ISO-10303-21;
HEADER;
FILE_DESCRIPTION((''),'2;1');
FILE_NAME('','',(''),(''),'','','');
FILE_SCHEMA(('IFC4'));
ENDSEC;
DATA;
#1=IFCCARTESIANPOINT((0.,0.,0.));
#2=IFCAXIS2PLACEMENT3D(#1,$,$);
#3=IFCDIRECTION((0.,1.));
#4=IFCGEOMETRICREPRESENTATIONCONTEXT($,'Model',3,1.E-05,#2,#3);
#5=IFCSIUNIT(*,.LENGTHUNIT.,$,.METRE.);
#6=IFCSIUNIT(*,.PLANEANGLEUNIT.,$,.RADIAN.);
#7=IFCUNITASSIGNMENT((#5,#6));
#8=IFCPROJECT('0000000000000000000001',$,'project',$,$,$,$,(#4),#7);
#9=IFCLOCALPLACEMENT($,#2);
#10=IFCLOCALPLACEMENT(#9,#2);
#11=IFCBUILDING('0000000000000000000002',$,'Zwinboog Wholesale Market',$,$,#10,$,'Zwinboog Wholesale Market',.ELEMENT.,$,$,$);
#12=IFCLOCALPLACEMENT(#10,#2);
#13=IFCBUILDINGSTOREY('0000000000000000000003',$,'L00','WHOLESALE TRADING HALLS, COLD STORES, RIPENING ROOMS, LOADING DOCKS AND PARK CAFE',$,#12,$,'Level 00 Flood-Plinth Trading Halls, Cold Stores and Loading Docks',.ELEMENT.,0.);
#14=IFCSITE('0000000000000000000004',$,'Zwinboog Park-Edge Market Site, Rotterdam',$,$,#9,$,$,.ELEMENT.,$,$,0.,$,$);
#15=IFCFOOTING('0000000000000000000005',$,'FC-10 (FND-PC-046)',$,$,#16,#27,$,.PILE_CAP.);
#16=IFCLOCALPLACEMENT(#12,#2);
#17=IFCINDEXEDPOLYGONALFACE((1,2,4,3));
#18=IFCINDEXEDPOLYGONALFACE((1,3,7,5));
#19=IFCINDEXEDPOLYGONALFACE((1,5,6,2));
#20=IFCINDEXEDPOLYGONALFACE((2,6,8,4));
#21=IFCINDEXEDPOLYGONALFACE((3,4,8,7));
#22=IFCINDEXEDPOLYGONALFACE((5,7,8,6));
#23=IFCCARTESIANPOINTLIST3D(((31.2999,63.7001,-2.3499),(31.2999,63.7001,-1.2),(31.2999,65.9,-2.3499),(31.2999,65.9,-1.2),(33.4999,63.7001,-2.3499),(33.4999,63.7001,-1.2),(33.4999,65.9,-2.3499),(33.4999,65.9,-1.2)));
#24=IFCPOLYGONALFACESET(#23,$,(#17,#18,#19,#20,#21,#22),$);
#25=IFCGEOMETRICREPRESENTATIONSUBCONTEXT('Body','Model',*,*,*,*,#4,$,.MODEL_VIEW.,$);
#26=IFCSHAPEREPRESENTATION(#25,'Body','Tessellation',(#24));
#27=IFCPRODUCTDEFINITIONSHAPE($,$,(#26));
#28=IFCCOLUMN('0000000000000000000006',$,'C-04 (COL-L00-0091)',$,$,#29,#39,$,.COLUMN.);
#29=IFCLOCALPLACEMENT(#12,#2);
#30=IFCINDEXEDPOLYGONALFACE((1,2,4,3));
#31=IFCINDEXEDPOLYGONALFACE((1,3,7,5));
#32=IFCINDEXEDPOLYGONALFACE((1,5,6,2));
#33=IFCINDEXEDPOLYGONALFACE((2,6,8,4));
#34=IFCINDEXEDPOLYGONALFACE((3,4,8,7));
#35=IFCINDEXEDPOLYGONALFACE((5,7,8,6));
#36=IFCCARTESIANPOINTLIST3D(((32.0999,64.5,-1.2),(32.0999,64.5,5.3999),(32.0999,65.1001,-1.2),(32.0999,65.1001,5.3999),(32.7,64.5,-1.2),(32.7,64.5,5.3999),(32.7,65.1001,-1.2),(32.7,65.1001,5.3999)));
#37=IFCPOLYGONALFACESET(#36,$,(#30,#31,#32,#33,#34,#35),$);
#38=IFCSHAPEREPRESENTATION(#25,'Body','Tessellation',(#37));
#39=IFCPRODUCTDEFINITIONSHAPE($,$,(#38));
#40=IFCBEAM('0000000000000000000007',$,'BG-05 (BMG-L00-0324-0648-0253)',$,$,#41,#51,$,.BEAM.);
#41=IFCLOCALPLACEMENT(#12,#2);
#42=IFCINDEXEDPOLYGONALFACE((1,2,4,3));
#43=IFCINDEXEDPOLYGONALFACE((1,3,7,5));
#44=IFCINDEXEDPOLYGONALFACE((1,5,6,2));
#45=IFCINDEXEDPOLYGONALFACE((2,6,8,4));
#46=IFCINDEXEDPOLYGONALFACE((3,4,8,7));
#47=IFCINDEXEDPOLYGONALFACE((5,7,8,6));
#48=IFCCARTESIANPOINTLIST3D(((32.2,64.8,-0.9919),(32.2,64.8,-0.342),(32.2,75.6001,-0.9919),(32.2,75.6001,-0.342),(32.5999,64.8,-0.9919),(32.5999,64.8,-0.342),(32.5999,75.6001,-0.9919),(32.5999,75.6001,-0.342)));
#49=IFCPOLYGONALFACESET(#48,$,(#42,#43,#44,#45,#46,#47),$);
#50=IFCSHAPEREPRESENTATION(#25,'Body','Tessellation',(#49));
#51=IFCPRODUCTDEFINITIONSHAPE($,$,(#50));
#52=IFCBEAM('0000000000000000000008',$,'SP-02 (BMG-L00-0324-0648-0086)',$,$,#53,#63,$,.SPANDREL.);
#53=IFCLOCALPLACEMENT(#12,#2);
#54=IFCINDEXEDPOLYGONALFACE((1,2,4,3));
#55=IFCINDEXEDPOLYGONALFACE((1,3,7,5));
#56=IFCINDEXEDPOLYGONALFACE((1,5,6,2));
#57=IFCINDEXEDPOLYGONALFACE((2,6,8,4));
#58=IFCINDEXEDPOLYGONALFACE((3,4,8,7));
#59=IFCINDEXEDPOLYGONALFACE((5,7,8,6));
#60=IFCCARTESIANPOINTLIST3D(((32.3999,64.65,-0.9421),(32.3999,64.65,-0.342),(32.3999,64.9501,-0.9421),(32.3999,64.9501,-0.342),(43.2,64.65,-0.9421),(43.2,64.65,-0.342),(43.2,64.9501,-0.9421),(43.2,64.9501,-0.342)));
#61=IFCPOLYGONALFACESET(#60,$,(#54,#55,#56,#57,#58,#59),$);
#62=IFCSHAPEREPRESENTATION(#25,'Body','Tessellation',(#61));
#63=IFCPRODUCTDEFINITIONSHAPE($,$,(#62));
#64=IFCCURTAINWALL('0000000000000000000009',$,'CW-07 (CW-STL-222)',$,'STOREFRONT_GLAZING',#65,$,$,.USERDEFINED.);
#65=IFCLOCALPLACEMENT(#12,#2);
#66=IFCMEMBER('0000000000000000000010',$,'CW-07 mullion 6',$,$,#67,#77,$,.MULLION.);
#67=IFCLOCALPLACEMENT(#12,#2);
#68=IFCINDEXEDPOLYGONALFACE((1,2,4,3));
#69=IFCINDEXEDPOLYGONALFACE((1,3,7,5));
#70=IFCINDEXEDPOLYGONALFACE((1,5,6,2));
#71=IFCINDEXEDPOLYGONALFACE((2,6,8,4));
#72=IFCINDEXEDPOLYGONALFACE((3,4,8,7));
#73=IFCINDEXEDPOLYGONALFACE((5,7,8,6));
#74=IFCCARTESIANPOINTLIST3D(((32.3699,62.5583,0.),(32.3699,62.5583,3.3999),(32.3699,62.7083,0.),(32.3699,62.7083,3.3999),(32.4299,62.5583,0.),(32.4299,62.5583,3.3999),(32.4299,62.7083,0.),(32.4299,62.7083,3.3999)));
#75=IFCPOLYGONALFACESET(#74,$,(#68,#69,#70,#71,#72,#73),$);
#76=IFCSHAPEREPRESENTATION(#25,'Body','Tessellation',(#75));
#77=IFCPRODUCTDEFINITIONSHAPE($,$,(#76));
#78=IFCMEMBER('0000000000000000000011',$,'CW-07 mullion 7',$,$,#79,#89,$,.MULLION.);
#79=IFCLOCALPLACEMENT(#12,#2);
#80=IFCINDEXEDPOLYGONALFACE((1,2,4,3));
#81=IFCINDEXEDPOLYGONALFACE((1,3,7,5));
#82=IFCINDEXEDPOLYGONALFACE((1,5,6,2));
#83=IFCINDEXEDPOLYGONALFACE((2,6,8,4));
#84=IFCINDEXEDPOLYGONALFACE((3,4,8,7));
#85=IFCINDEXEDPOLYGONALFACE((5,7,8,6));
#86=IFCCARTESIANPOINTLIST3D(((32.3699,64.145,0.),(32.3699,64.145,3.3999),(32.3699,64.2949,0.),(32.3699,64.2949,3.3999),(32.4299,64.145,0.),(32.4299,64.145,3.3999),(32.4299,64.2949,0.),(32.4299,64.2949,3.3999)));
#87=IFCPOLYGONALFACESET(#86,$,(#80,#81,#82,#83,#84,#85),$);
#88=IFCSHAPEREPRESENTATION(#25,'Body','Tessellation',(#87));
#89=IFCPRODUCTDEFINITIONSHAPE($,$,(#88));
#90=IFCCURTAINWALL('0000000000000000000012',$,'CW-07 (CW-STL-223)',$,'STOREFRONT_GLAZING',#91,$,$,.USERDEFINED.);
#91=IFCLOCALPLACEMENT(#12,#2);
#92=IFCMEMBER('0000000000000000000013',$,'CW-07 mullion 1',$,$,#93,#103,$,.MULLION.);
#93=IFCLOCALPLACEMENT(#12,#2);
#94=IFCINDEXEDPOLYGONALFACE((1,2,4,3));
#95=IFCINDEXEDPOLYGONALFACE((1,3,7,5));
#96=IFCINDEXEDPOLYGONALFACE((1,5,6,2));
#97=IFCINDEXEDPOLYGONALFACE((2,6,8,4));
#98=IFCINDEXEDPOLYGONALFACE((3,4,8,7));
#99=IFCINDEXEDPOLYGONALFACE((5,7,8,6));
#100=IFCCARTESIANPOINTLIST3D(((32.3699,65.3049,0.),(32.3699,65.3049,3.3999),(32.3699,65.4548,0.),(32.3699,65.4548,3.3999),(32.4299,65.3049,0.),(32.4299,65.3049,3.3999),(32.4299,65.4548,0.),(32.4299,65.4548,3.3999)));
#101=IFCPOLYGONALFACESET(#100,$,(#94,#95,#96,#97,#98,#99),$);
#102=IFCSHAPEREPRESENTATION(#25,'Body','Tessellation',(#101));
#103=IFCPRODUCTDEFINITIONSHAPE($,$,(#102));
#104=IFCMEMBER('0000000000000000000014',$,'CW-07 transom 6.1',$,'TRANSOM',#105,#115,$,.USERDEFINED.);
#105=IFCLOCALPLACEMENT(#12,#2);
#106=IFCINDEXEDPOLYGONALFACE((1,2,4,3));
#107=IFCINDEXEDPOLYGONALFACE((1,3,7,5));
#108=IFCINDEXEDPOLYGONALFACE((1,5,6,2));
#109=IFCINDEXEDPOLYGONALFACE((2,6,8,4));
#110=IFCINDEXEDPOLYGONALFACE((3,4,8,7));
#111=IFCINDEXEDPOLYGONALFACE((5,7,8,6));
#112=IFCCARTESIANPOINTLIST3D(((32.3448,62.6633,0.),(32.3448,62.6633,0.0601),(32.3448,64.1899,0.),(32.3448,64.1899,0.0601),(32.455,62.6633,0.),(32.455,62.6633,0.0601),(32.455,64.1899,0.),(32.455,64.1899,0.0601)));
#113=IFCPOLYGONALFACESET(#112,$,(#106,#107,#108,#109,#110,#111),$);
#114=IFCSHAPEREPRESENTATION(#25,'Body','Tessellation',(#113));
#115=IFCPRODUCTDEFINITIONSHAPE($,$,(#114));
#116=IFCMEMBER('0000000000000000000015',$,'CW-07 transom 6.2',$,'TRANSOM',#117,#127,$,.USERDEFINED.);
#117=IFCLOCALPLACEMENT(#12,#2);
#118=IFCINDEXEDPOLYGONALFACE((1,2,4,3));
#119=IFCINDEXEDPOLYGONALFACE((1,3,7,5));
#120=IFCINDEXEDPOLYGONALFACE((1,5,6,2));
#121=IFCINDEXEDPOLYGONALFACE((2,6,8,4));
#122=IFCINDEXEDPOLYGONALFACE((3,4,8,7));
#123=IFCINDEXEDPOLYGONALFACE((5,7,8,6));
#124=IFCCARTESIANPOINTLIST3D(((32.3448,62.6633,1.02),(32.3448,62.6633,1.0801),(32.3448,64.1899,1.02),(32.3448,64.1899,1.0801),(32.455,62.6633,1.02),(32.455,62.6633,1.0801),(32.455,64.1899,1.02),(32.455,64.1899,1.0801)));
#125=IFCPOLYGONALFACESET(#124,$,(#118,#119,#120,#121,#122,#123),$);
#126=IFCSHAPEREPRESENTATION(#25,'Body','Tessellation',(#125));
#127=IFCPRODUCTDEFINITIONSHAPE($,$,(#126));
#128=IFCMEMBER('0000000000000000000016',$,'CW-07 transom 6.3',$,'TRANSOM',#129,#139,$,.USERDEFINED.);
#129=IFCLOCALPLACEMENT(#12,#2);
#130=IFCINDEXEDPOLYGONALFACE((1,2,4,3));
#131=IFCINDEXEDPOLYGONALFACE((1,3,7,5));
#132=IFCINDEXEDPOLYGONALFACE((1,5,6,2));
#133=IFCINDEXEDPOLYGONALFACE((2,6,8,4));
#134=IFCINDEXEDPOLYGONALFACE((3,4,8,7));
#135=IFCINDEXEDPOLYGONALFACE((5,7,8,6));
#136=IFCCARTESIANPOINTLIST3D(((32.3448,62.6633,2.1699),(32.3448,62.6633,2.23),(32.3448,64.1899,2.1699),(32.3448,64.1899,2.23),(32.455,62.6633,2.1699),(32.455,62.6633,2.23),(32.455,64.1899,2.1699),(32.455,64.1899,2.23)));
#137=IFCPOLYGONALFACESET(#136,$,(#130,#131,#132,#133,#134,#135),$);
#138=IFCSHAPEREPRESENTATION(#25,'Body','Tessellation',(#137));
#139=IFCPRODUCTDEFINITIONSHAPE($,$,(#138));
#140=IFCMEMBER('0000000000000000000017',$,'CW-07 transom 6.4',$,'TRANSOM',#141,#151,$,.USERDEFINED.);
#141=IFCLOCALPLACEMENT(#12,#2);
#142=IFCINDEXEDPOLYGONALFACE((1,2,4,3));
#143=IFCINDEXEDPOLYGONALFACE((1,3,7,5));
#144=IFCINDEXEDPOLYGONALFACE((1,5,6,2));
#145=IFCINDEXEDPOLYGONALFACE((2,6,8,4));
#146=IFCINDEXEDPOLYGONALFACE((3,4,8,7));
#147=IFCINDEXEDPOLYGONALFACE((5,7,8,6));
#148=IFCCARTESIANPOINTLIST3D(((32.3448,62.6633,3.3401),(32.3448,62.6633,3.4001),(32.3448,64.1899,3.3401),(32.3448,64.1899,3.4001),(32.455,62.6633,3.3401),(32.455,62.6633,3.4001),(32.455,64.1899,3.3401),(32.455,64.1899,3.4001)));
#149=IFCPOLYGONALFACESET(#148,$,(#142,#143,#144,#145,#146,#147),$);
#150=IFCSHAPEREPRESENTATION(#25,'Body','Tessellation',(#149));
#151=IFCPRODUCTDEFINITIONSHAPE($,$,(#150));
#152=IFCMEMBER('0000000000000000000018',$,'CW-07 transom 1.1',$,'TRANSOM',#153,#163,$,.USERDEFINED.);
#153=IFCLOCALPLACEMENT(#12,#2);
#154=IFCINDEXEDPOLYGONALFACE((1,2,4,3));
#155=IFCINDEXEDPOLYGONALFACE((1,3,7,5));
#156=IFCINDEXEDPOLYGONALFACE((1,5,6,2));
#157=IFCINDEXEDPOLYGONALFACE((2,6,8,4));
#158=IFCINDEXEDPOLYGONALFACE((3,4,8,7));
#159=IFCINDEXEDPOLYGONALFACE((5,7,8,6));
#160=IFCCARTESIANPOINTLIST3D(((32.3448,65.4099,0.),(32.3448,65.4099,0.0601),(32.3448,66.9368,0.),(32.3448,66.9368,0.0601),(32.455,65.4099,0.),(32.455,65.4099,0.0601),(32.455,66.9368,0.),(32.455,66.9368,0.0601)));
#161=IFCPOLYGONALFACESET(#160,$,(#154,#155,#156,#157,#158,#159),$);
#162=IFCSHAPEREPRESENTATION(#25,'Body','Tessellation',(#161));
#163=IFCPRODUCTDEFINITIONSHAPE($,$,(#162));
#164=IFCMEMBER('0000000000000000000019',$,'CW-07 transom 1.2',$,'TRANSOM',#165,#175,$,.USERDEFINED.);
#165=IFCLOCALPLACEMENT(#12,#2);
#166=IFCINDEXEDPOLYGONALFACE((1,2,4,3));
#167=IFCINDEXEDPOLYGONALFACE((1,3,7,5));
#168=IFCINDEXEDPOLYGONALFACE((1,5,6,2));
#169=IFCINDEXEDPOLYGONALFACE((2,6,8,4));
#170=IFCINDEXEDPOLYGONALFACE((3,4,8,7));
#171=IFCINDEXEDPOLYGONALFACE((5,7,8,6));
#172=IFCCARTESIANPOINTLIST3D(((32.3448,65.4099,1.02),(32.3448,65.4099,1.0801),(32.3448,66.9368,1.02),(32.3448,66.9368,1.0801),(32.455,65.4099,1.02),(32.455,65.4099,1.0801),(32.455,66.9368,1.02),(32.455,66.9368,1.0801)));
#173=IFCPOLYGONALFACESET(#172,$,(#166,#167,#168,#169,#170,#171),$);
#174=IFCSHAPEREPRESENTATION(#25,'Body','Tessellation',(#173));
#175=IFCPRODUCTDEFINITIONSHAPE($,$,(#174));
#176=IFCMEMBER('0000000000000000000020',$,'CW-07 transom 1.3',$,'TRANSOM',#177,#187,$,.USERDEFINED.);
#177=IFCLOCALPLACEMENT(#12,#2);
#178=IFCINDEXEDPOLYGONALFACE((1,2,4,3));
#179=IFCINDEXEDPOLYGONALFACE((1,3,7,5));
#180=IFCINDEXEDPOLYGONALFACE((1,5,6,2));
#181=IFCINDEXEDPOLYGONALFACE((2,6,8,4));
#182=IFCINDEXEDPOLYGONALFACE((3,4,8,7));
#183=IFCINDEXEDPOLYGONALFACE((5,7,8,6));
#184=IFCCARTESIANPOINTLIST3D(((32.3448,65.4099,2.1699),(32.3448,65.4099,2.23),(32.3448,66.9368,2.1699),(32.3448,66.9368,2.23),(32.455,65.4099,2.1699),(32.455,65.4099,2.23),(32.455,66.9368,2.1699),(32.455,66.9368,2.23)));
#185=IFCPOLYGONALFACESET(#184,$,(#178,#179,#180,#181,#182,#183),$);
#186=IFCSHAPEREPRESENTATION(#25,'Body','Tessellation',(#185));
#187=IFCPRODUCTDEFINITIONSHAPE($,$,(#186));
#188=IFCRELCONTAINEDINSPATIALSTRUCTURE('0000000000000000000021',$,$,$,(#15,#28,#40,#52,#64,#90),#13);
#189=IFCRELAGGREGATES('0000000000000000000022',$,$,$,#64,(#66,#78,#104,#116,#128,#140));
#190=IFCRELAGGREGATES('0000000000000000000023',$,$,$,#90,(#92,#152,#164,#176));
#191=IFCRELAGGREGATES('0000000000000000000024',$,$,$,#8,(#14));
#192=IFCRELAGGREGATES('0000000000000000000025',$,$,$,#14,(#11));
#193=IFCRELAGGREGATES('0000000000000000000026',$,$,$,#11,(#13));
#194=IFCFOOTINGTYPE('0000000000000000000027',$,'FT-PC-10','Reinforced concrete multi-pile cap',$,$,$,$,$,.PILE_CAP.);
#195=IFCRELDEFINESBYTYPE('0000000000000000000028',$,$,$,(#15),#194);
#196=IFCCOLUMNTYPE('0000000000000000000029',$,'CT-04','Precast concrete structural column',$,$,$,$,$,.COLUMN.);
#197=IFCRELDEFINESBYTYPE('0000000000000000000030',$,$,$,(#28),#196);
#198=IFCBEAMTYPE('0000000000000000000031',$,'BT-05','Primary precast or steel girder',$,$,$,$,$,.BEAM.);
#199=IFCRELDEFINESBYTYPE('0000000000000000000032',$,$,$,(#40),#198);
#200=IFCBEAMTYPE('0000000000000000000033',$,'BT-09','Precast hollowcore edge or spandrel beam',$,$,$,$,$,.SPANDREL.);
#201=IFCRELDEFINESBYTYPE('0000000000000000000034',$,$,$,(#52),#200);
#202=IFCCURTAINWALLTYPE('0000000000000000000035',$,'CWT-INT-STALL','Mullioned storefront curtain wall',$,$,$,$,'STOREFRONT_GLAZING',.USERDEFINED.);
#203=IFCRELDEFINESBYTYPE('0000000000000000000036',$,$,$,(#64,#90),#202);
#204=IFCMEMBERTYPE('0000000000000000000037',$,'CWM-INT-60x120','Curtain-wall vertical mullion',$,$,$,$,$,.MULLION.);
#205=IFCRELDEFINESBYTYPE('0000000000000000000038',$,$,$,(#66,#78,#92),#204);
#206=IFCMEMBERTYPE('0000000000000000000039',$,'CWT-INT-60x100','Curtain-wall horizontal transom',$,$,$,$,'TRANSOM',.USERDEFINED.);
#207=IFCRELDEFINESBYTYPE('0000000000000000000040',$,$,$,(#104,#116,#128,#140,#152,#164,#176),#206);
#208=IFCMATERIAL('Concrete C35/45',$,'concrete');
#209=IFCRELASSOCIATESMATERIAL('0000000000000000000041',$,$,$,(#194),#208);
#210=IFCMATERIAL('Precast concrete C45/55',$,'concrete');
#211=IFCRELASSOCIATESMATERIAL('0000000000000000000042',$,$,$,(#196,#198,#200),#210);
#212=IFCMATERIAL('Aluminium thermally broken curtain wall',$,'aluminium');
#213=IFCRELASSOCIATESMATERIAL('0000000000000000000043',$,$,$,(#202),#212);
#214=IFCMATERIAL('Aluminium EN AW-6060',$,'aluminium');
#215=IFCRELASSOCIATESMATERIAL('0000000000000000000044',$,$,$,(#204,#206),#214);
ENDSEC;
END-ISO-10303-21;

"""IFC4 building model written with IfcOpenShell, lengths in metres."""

from ifc_helpers import new_model, si_unit, direction, frame, origin, origin_2d, place, context, subcontext, project, spatial, rectangle, extrude, material, material_profile, profile_set, type_object, element, aggregate, save


model = new_model("IFC4")

# Units and contexts
model_context = context("Model", 3, precision=1e-05, world=origin(), true_north=direction((0.0, 1.0)))
body_context = subcontext(model_context, "Body", "Model", "MODEL_VIEW")
ifc_project = project(units=[si_unit("LENGTHUNIT", "METRE"), si_unit("PLANEANGLEUNIT", "RADIAN")], contexts=[model_context])

# Site, building, storey
site_placement = place(None, origin())
site = spatial("IfcSite", under=ifc_project, at=site_placement, Name="Zwinboog Park-Edge Market Site, Rotterdam", CompositionType="ELEMENT", RefElevation=0.0)
building_placement = place(site_placement, origin())
building = spatial("IfcBuilding", under=site, at=building_placement, Name="Zwinboog Wholesale Market", LongName="Zwinboog Wholesale Market", CompositionType="ELEMENT")
storey_placement = place(building_placement, origin())
storey = spatial("IfcBuildingStorey", under=building, at=storey_placement, Name="L00", Description="WHOLESALE TRADING HALLS, COLD STORES, RIPENING ROOMS, LOADING DOCKS AND PARK CAFE", LongName="Level 00 Flood-Plinth Trading Halls, Cold Stores and Loading Docks", CompositionType="ELEMENT", Elevation=0.0)

# Footing
ifc_material_1 = material(Name="Concrete C35/45", Category="concrete")
footing_type = type_object("IfcFootingType", Name="FT-PC-10", Description="Reinforced concrete multi-pile cap", PredefinedType="PILE_CAP", material=ifc_material_1)
footing_placement = place(storey_placement, frame((32.3999, 64.8, -2.3499), z_axis=(0.0, 0.0, 1.0), x_axis=(1.0, 0.0, 0.0)))
element("IfcFooting", 1, at=footing_placement, inside=storey, type_object=footing_type, Name="FC-10 (FND-PC-046)", PredefinedType="PILE_CAP", context=body_context, shape_type="SweptSolid", body=[
    extrude(rectangle(XDim=2.2, YDim=2.2, at=origin_2d()), origin(), (0.0, 0.0, 1.0), 1.1499),
])

# Column
ifc_material_2 = material(Name="Precast concrete C45/55", Category="concrete")
ifc_material_profile_1 = material_profile(ifc_material_2, rectangle(XDim=0.6001, YDim=0.6001, at=origin_2d()), Name="PC 600x600")
ifc_profile_set_1 = profile_set([ifc_material_profile_1], Name="Precast concrete C45/55")
column_type = type_object("IfcColumnType", Name="CT-04", Description="Precast concrete structural column", PredefinedType="COLUMN", material=ifc_profile_set_1)
column_placement = place(storey_placement, frame((32.3999, 64.8, -1.2), z_axis=(0.0, 0.0, 1.0), x_axis=(1.0, 0.0, 0.0)))
element("IfcColumn", 2, at=column_placement, inside=storey, type_object=column_type, Name="C-04 (COL-L00-0091)", PredefinedType="COLUMN", context=body_context, shape_type="SweptSolid", body=[
    extrude(rectangle(XDim=0.6001, YDim=0.6001, at=origin_2d()), origin(), (0.0, 0.0, 1.0), 6.5999),
])

# Beams
ifc_material_profile_2 = material_profile(ifc_material_2, rectangle(XDim=0.3999, YDim=0.6499, at=origin_2d()), Name="PC 400x650")
ifc_profile_set_2 = profile_set([ifc_material_profile_2], Name="Precast concrete C45/55")
beam_type_1 = type_object("IfcBeamType", Name="BT-05", Description="Primary precast or steel girder", PredefinedType="BEAM", material=ifc_profile_set_2)
beam_1_placement = place(storey_placement, frame((32.3999, 64.8, -0.667), z_axis=(0.0, 1.0, 0.0), x_axis=(-1.0, 0.0, 0.0)))
element("IfcBeam", 3, at=beam_1_placement, inside=storey, type_object=beam_type_1, Name="BG-05 (BMG-L00-0324-0648-0253)", PredefinedType="BEAM", context=body_context, shape_type="SweptSolid", body=[
    extrude(rectangle(XDim=0.3999, YDim=0.6499, at=origin_2d()), origin(), (0.0, 0.0, 1.0), 10.8),
])
ifc_material_profile_3 = material_profile(ifc_material_2, rectangle(XDim=0.3, YDim=0.6001, at=origin_2d()), Name="PC 300x600")
ifc_profile_set_3 = profile_set([ifc_material_profile_3], Name="Precast concrete C45/55")
beam_type_2 = type_object("IfcBeamType", Name="BT-09", Description="Precast hollowcore edge or spandrel beam", PredefinedType="SPANDREL", material=ifc_profile_set_3)
beam_2_placement = place(storey_placement, frame((32.3999, 64.8, -0.6421), z_axis=(1.0, 0.0, 0.0), x_axis=(0.0, 1.0, 0.0)))
element("IfcBeam", 4, at=beam_2_placement, inside=storey, type_object=beam_type_2, Name="SP-02 (BMG-L00-0324-0648-0086)", PredefinedType="SPANDREL", context=body_context, shape_type="SweptSolid", body=[
    extrude(rectangle(XDim=0.3, YDim=0.6001, at=origin_2d()), origin(), (0.0, 0.0, 1.0), 10.8),
])

# Curtain wall, members
ifc_material_3 = material(Name="Aluminium thermally broken curtain wall", Category="aluminium")
curtain_wall_type = type_object("IfcCurtainWallType", Name="CWT-INT-STALL", Description="Mullioned storefront curtain wall", ElementType="STOREFRONT_GLAZING", PredefinedType="USERDEFINED", material=ifc_material_3)
curtain_wall_1_placement = place(storey_placement, origin())
curtain_wall_1 = element("IfcCurtainWall", 5, at=curtain_wall_1_placement, inside=storey, type_object=curtain_wall_type, Name="CW-07 (CW-STL-222)", ObjectType="STOREFRONT_GLAZING", PredefinedType="USERDEFINED")
ifc_material_4 = material(Name="Aluminium EN AW-6060", Category="aluminium")
ifc_material_profile_4 = material_profile(ifc_material_4, rectangle(XDim=0.0601, YDim=0.1499, at=origin_2d()), Name="AL 60x150")
ifc_profile_set_4 = profile_set([ifc_material_profile_4], Name="Aluminium EN AW-6060")
member_type_1 = type_object("IfcMemberType", Name="CWM-INT-60x120", Description="Curtain-wall vertical mullion", PredefinedType="MULLION", material=ifc_profile_set_4)
member_1_placement = place(storey_placement, frame((32.3999, 62.6333, 0.0), z_axis=(0.0, 0.0, 1.0), x_axis=(-1.0, 0.0, 0.0)))
member_1 = element("IfcMember", 6, at=member_1_placement, type_object=member_type_1, Name="CW-07 mullion 6", PredefinedType="MULLION", context=body_context, shape_type="SweptSolid", body=[
    extrude(rectangle(XDim=0.0601, YDim=0.1499, at=origin_2d()), origin(), (0.0, 0.0, 1.0), 3.3999),
])
member_2_placement = place(storey_placement, frame((32.3999, 64.22, 0.0), z_axis=(0.0, 0.0, 1.0), x_axis=(-1.0, 0.0, 0.0)))
member_2 = element("IfcMember", 7, at=member_2_placement, type_object=member_type_1, Name="CW-07 mullion 7", PredefinedType="MULLION", context=body_context, shape_type="SweptSolid", body=[
    extrude(rectangle(XDim=0.0601, YDim=0.1499, at=origin_2d()), origin(), (0.0, 0.0, 1.0), 3.3999),
])

# Curtain wall, member
curtain_wall_2_placement = place(storey_placement, origin())
curtain_wall_2 = element("IfcCurtainWall", 8, at=curtain_wall_2_placement, inside=storey, type_object=curtain_wall_type, Name="CW-07 (CW-STL-223)", ObjectType="STOREFRONT_GLAZING", PredefinedType="USERDEFINED")
member_3_placement = place(storey_placement, frame((32.3999, 65.3799, 0.0), z_axis=(0.0, 0.0, 1.0), x_axis=(-1.0, 0.0, 0.0)))
member_3 = element("IfcMember", 9, at=member_3_placement, type_object=member_type_1, Name="CW-07 mullion 1", PredefinedType="MULLION", context=body_context, shape_type="SweptSolid", body=[
    extrude(rectangle(XDim=0.0601, YDim=0.1499, at=origin_2d()), origin(), (0.0, 0.0, 1.0), 3.3999),
])

# Members
ifc_material_profile_5 = material_profile(ifc_material_4, rectangle(XDim=0.1101, YDim=0.0601, at=origin_2d()), Name="AL 60x110")
ifc_profile_set_5 = profile_set([ifc_material_profile_5], Name="Aluminium EN AW-6060")
member_type_2 = type_object("IfcMemberType", Name="CWT-INT-60x100", Description="Curtain-wall horizontal transom", ElementType="TRANSOM", PredefinedType="USERDEFINED", material=ifc_profile_set_5)
member_4_placement = place(storey_placement, frame((32.3999, 62.6633, 0.03), z_axis=(0.0, 1.0, 0.0), x_axis=(-1.0, 0.0, 0.0)))
member_4 = element("IfcMember", 10, at=member_4_placement, type_object=member_type_2, Name="CW-07 transom 6.1", ObjectType="TRANSOM", PredefinedType="USERDEFINED", context=body_context, shape_type="SweptSolid", body=[
    extrude(rectangle(XDim=0.1101, YDim=0.0601, at=origin_2d()), origin(), (0.0, 0.0, 1.0), 1.5266),
])
member_5_placement = place(storey_placement, frame((32.3999, 62.6633, 1.05), z_axis=(0.0, 1.0, 0.0), x_axis=(-1.0, 0.0, 0.0)))
member_5 = element("IfcMember", 11, at=member_5_placement, type_object=member_type_2, Name="CW-07 transom 6.2", ObjectType="TRANSOM", PredefinedType="USERDEFINED", context=body_context, shape_type="SweptSolid", body=[
    extrude(rectangle(XDim=0.1101, YDim=0.0601, at=origin_2d()), origin(), (0.0, 0.0, 1.0), 1.5266),
])
member_6_placement = place(storey_placement, frame((32.3999, 62.6633, 2.2), z_axis=(0.0, 1.0, 0.0), x_axis=(-1.0, 0.0, 0.0)))
member_6 = element("IfcMember", 12, at=member_6_placement, type_object=member_type_2, Name="CW-07 transom 6.3", ObjectType="TRANSOM", PredefinedType="USERDEFINED", context=body_context, shape_type="SweptSolid", body=[
    extrude(rectangle(XDim=0.1101, YDim=0.0601, at=origin_2d()), origin(), (0.0, 0.0, 1.0), 1.5266),
])
member_7_placement = place(storey_placement, frame((32.3999, 62.6633, 3.3701), z_axis=(0.0, 1.0, 0.0), x_axis=(-1.0, 0.0, 0.0)))
member_7 = element("IfcMember", 13, at=member_7_placement, type_object=member_type_2, Name="CW-07 transom 6.4", ObjectType="TRANSOM", PredefinedType="USERDEFINED", context=body_context, shape_type="SweptSolid", body=[
    extrude(rectangle(XDim=0.1101, YDim=0.0601, at=origin_2d()), origin(), (0.0, 0.0, 1.0), 1.5266),
])
member_8_placement = place(storey_placement, frame((32.3999, 65.4099, 0.03), z_axis=(0.0, 1.0, 0.0), x_axis=(-1.0, 0.0, 0.0)))
member_8 = element("IfcMember", 14, at=member_8_placement, type_object=member_type_2, Name="CW-07 transom 1.1", ObjectType="TRANSOM", PredefinedType="USERDEFINED", context=body_context, shape_type="SweptSolid", body=[
    extrude(rectangle(XDim=0.1101, YDim=0.0601, at=origin_2d()), origin(), (0.0, 0.0, 1.0), 1.5269),
])
member_9_placement = place(storey_placement, frame((32.3999, 65.4099, 1.05), z_axis=(0.0, 1.0, 0.0), x_axis=(-1.0, 0.0, 0.0)))
member_9 = element("IfcMember", 15, at=member_9_placement, type_object=member_type_2, Name="CW-07 transom 1.2", ObjectType="TRANSOM", PredefinedType="USERDEFINED", context=body_context, shape_type="SweptSolid", body=[
    extrude(rectangle(XDim=0.1101, YDim=0.0601, at=origin_2d()), origin(), (0.0, 0.0, 1.0), 1.5269),
])
member_10_placement = place(storey_placement, frame((32.3999, 65.4099, 2.2), z_axis=(0.0, 1.0, 0.0), x_axis=(-1.0, 0.0, 0.0)))
member_10 = element("IfcMember", 16, at=member_10_placement, type_object=member_type_2, Name="CW-07 transom 1.3", ObjectType="TRANSOM", PredefinedType="USERDEFINED", context=body_context, shape_type="SweptSolid", body=[
    extrude(rectangle(XDim=0.1101, YDim=0.0601, at=origin_2d()), origin(), (0.0, 0.0, 1.0), 1.5269),
])

aggregate(curtain_wall_1, [member_1, member_2, member_4, member_5, member_6, member_7])
aggregate(curtain_wall_2, [member_3, member_8, member_9, member_10])

save(model, "model.ifc")
